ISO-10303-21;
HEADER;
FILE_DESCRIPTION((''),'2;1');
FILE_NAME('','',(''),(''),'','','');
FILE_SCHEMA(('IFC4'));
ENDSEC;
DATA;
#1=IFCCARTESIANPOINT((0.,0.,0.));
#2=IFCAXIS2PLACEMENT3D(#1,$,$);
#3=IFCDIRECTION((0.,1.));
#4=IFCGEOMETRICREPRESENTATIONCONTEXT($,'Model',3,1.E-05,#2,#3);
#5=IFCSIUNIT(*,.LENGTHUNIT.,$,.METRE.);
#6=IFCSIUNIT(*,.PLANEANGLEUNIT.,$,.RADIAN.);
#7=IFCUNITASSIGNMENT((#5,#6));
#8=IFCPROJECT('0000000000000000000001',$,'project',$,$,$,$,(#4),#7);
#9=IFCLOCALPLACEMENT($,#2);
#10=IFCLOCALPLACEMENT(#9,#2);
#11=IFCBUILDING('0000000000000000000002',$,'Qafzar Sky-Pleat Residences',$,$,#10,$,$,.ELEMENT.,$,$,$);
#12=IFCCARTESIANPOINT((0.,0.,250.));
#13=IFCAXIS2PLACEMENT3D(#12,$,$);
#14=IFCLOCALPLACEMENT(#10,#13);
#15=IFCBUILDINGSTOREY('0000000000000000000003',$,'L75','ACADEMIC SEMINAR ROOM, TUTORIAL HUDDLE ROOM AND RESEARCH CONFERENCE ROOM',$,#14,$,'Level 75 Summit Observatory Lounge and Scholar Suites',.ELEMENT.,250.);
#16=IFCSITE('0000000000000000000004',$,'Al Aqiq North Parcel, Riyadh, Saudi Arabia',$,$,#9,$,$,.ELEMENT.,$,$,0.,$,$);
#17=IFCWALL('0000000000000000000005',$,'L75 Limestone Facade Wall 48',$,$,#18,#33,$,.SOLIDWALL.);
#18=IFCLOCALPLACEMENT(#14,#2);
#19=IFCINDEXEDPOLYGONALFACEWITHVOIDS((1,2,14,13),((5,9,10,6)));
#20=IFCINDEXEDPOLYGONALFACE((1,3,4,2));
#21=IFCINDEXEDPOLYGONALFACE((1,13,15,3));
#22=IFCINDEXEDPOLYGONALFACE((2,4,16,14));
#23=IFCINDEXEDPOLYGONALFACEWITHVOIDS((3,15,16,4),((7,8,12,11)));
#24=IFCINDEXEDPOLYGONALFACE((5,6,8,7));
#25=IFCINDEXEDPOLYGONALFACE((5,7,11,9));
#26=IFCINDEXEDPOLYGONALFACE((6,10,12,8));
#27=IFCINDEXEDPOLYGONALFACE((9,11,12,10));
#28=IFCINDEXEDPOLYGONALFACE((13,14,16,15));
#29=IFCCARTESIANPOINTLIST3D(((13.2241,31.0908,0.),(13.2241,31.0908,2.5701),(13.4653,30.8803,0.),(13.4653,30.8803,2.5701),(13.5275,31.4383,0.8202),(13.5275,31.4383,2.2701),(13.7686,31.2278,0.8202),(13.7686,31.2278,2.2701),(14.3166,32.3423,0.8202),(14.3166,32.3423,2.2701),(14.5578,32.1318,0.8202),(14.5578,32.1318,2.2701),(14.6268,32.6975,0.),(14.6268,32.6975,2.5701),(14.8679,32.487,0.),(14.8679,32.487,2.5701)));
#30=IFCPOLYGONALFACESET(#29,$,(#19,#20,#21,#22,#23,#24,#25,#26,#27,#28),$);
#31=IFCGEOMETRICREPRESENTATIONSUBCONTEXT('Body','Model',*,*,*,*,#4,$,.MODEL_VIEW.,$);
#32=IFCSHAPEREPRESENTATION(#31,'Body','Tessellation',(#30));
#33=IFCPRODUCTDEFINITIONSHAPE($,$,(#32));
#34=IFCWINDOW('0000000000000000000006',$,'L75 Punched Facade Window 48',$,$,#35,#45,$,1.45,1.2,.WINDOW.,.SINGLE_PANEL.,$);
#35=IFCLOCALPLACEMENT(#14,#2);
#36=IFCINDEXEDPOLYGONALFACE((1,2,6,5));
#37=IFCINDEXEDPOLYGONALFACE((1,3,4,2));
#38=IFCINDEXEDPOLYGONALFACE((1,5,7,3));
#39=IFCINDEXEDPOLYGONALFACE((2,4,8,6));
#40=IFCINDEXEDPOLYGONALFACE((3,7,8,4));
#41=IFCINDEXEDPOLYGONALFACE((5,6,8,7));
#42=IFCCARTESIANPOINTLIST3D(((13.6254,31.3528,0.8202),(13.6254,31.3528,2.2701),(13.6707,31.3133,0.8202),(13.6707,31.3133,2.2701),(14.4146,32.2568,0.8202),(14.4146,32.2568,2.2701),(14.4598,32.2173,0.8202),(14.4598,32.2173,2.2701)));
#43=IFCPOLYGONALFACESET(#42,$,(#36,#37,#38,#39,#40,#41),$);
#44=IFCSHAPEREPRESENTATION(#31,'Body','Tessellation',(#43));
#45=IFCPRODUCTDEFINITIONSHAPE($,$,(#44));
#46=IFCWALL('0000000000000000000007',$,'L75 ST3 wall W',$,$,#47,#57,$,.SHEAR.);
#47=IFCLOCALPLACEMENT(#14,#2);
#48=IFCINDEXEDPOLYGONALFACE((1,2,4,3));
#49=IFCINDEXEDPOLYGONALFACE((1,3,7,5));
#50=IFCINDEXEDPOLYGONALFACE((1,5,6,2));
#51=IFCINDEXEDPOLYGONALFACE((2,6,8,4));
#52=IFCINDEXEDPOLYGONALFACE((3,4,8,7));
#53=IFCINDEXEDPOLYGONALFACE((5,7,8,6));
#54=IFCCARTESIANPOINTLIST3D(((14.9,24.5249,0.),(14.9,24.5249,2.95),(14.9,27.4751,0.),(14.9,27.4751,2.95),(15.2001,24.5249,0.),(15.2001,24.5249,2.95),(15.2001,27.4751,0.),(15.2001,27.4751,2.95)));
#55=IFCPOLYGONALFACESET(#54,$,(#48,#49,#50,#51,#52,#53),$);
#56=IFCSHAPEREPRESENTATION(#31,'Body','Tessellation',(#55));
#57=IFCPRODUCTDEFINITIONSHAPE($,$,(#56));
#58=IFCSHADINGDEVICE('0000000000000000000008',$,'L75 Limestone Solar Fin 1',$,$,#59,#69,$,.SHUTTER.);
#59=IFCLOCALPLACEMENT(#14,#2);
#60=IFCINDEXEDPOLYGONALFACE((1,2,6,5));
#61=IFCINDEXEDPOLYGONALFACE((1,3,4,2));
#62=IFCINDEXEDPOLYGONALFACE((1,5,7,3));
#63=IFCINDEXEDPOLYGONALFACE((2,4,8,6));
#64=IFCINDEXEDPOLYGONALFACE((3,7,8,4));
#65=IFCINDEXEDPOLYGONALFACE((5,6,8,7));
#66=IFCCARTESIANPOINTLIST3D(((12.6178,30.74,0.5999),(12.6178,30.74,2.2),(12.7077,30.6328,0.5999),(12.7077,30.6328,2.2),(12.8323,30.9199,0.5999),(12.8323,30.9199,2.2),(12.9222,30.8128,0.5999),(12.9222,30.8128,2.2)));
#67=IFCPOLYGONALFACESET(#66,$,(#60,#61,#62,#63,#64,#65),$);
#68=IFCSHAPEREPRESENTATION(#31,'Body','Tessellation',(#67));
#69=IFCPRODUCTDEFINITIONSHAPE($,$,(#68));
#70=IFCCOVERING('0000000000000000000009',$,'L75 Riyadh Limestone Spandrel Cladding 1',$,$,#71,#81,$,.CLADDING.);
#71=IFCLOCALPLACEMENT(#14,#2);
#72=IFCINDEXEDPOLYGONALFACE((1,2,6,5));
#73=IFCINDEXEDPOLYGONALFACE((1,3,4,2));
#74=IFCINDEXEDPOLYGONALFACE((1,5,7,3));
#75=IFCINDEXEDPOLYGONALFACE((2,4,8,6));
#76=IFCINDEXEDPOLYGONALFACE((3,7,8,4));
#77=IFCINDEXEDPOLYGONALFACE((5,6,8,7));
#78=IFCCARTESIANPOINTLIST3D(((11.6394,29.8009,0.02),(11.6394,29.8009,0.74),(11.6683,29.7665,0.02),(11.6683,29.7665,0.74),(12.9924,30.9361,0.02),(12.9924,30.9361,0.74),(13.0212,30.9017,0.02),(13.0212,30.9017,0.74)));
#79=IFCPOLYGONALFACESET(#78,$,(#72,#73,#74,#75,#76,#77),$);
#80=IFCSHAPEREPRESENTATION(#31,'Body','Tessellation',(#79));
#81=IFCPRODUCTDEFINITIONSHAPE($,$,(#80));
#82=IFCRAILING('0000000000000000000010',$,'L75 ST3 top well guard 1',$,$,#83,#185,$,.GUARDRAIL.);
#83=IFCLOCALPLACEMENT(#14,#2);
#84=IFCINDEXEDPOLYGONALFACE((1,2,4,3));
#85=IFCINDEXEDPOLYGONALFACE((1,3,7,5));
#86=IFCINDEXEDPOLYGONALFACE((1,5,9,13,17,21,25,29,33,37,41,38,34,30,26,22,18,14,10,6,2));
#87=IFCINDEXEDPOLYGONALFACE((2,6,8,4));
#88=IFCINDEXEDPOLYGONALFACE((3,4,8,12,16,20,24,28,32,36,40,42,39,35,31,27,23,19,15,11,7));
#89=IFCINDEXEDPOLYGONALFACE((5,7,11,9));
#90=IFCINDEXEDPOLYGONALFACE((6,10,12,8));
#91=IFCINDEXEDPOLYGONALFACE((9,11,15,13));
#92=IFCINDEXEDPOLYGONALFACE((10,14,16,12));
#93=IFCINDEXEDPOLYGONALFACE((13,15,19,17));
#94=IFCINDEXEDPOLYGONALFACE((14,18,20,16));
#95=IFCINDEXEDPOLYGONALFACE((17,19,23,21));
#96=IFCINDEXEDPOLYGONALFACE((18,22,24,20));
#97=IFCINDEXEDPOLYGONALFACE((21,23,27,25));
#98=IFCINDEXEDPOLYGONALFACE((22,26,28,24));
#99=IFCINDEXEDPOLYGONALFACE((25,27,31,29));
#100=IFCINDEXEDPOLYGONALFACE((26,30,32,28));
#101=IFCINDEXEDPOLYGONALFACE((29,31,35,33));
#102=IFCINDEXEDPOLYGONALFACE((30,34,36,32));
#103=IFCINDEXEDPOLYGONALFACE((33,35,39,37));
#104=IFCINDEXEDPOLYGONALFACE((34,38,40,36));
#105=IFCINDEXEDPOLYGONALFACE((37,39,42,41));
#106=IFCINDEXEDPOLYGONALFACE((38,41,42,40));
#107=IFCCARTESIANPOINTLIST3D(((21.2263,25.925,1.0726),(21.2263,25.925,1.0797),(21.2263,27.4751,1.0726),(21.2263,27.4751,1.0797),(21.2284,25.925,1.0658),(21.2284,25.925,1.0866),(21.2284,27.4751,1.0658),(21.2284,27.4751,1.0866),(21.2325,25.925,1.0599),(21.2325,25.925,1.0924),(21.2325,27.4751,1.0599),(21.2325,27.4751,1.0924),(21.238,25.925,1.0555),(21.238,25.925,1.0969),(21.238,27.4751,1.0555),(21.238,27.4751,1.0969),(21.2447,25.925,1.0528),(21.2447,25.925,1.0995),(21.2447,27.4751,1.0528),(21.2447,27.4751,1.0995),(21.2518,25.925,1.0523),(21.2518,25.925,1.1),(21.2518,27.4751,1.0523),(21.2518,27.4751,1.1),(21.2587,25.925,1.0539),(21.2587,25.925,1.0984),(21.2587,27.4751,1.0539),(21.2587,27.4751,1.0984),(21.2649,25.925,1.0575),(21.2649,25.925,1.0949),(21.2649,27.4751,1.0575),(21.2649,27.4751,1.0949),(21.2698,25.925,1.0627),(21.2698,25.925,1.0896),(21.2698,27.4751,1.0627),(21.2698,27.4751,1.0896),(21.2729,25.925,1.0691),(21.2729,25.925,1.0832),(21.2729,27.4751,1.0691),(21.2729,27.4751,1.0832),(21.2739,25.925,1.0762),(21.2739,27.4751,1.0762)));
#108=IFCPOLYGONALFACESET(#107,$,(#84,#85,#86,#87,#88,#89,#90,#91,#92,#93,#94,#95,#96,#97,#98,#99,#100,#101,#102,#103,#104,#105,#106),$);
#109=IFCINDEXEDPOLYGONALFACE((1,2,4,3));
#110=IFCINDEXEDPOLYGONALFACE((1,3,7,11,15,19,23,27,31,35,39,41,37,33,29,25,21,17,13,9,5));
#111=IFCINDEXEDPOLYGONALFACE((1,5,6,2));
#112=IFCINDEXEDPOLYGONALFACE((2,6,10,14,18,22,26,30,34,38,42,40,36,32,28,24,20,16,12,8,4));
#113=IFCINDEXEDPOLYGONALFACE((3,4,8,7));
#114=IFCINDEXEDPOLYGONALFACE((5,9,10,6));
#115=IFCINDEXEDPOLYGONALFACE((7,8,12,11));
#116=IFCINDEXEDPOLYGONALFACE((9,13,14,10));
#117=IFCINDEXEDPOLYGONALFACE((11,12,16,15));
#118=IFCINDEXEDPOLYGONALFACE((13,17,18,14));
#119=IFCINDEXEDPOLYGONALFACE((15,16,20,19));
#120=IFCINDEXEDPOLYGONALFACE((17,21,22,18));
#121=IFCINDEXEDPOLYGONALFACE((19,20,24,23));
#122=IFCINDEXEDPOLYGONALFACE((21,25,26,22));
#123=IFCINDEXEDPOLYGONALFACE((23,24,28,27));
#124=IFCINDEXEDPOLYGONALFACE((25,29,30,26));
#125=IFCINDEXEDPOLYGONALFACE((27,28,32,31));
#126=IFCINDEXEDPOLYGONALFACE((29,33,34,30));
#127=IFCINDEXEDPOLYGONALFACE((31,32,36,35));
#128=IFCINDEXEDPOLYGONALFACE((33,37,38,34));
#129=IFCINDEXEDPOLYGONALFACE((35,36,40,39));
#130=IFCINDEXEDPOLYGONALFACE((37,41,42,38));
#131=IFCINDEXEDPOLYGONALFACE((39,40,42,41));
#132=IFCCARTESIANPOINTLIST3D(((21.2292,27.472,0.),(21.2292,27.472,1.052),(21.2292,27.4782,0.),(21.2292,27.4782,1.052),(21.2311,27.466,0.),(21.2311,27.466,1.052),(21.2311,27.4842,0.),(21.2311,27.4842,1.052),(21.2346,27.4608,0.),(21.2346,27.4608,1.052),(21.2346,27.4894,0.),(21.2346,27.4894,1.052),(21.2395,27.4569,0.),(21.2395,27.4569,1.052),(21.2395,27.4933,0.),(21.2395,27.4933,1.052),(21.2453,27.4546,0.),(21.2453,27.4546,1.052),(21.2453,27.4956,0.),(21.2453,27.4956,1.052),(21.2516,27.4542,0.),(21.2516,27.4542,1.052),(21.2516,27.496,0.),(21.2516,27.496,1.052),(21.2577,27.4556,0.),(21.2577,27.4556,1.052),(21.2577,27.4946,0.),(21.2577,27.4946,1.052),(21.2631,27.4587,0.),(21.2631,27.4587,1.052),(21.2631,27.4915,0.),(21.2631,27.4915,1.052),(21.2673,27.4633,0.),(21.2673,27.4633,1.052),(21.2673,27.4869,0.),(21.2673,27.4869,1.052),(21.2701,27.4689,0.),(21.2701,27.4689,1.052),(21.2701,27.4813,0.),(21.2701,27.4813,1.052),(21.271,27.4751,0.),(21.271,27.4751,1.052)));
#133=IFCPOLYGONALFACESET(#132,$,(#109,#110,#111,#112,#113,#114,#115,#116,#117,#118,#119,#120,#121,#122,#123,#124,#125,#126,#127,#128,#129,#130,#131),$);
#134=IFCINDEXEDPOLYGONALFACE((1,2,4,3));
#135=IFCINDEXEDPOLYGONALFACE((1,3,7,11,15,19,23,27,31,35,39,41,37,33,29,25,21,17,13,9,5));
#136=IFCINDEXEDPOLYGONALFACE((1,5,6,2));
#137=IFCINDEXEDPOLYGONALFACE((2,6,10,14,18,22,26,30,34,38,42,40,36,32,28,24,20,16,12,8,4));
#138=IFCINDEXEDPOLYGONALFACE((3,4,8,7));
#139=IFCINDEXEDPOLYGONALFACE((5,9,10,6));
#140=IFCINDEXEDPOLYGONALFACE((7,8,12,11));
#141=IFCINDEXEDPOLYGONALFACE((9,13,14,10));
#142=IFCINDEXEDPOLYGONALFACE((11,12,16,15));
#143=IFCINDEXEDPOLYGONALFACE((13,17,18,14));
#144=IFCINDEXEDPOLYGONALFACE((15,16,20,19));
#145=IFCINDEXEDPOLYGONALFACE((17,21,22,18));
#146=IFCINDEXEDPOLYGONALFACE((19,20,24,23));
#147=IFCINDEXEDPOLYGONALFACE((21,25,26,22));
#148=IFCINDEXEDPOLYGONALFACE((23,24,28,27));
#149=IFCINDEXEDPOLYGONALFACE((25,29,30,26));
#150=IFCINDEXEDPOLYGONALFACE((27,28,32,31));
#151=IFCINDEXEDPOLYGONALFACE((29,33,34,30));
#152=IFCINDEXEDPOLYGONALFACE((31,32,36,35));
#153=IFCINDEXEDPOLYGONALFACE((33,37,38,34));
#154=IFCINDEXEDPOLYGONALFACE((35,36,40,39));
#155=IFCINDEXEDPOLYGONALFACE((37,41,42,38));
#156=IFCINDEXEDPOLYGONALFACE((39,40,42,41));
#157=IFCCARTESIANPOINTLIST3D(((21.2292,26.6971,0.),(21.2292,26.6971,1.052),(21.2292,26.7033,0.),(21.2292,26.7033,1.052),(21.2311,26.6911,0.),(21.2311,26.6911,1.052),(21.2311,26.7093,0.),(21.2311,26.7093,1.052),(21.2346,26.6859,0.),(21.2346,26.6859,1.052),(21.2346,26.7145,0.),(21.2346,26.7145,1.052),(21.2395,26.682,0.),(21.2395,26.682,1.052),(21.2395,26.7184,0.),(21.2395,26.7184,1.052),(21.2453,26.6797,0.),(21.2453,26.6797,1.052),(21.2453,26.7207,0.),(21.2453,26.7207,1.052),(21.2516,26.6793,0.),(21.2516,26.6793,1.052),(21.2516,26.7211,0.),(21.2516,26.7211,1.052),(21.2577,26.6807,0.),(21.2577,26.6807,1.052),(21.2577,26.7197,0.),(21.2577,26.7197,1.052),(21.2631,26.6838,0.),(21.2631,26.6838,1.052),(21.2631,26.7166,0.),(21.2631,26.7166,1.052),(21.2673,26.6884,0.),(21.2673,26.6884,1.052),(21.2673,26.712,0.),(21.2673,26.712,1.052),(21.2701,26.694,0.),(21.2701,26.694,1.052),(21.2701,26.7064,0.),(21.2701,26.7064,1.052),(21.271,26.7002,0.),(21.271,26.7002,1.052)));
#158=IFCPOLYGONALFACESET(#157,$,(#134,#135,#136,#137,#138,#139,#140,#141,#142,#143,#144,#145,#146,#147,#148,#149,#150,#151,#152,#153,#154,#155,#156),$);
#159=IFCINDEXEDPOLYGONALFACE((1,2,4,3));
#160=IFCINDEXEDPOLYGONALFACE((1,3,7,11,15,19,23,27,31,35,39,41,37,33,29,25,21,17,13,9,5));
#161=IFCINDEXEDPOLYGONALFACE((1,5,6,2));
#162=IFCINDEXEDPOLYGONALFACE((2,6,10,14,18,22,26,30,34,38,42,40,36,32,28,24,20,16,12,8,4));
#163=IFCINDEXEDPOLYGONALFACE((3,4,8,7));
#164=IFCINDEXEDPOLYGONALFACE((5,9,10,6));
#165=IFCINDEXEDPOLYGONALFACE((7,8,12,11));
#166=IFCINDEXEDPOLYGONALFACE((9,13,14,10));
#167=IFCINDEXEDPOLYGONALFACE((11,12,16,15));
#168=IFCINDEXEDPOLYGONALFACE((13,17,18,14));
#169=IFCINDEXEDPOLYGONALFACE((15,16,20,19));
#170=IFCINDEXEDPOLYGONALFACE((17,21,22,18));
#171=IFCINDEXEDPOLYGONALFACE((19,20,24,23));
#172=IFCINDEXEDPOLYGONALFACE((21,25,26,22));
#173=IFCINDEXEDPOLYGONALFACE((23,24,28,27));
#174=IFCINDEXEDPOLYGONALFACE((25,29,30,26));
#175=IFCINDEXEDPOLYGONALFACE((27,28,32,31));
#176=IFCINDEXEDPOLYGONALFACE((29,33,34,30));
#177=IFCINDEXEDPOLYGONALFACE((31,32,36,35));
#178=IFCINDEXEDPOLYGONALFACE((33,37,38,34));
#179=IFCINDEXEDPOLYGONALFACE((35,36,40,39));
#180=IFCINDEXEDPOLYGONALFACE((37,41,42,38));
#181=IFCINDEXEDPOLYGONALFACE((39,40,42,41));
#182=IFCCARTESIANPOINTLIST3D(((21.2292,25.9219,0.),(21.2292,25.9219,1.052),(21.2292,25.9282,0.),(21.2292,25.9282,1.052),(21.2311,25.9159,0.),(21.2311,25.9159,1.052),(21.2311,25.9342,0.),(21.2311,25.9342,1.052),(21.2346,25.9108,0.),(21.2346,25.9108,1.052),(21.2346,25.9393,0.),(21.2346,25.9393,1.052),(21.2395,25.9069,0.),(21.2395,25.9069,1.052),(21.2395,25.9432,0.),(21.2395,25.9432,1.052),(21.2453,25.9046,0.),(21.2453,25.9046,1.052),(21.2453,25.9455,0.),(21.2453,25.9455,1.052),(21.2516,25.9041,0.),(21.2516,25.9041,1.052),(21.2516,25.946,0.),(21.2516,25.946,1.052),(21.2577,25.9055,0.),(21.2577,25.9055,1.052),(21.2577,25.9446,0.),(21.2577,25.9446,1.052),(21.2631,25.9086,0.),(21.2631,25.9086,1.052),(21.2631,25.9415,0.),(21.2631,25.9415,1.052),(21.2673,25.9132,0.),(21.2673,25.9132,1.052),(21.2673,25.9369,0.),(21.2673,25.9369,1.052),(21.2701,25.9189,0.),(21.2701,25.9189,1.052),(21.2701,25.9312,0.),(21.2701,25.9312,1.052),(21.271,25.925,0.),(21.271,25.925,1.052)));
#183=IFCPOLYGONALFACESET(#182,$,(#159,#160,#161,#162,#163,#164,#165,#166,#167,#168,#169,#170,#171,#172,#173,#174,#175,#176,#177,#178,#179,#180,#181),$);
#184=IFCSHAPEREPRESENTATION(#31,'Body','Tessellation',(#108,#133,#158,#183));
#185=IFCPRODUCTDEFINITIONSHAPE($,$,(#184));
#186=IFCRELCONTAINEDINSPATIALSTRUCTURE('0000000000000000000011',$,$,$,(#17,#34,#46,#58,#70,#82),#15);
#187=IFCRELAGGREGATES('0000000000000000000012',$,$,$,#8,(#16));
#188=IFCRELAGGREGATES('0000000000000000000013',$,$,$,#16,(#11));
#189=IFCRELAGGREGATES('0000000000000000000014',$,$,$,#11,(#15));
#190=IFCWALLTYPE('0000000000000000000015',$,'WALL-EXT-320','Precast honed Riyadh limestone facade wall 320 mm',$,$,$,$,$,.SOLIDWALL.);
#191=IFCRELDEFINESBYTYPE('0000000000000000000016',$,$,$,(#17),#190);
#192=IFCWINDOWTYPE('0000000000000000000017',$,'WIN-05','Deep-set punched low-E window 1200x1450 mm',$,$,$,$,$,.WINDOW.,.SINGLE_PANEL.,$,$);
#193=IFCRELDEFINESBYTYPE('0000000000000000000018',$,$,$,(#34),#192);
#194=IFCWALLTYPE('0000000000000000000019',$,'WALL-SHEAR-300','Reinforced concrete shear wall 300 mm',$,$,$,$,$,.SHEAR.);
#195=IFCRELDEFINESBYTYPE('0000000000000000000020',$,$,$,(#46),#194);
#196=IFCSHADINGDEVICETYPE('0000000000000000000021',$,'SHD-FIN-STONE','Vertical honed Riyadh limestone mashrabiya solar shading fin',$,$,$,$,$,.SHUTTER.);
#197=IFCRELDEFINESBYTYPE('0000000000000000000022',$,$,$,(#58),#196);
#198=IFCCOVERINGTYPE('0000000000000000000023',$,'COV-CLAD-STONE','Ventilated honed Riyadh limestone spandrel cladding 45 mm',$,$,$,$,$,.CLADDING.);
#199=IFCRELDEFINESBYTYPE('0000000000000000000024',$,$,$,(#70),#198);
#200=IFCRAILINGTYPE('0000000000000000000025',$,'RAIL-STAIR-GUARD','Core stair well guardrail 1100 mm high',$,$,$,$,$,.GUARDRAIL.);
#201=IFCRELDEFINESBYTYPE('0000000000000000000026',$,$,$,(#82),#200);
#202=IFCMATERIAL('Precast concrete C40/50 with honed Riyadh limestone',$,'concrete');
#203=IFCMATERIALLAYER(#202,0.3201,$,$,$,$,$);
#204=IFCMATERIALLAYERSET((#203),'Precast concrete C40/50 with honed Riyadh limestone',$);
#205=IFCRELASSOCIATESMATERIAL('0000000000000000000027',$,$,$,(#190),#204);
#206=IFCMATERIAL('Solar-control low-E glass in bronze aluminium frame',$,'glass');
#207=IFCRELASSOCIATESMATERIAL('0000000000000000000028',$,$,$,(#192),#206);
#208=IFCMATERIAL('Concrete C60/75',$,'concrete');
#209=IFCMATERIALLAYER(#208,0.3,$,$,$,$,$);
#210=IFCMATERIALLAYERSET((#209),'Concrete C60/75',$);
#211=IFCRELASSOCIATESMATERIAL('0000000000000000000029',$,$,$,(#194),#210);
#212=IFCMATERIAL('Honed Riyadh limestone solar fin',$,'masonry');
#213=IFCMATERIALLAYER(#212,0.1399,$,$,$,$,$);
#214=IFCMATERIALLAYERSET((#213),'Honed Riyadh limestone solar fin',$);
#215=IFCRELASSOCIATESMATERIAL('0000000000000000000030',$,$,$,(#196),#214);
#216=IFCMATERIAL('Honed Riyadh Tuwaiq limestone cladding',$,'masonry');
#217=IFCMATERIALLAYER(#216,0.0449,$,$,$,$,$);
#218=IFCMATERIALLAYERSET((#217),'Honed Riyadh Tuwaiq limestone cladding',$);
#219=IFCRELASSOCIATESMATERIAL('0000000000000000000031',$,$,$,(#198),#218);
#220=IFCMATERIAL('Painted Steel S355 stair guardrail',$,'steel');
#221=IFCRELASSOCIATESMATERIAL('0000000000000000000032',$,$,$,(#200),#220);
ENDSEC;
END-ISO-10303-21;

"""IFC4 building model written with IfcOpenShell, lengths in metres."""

from ifc_helpers import new_model, si_unit, direction, frame, frame_2d, origin, origin_2d, place, context, subcontext, project, spatial, rectangle, circle, extrude, source, transform, mapped, material, layer, layer_set, type_object, element, fill, save


model = new_model("IFC4")

# Units and contexts
model_context = context("Model", 3, precision=1e-05, world=origin(), true_north=direction((0.0, 1.0)))
body_context = subcontext(model_context, "Body", "Model", "MODEL_VIEW")
ifc_project = project(units=[si_unit("LENGTHUNIT", "METRE"), si_unit("PLANEANGLEUNIT", "RADIAN")], contexts=[model_context])

# Site, building, storey
site_placement = place(None, origin())
site = spatial("IfcSite", under=ifc_project, at=site_placement, Name="Al Aqiq North Parcel, Riyadh, Saudi Arabia", CompositionType="ELEMENT", RefElevation=0.0)
building_placement = place(site_placement, origin())
building = spatial("IfcBuilding", under=site, at=building_placement, Name="Qafzar Sky-Pleat Residences", CompositionType="ELEMENT")
storey_placement = place(building_placement, frame((0.0, 0.0, 250.0)))
storey = spatial("IfcBuildingStorey", under=building, at=storey_placement, Name="L75", Description="ACADEMIC SEMINAR ROOM, TUTORIAL HUDDLE ROOM AND RESEARCH CONFERENCE ROOM", LongName="Level 75 Summit Observatory Lounge and Scholar Suites", CompositionType="ELEMENT", Elevation=250.0)

# Wall, opening, window
ifc_material_1 = material(Name="Precast concrete C40/50 with honed Riyadh limestone", Category="concrete")
ifc_layer_1 = layer(ifc_material_1, 0.3201)
ifc_layer_set_1 = layer_set([ifc_layer_1], Name="Precast concrete C40/50 with honed Riyadh limestone")
wall_type_1 = type_object("IfcWallType", Name="WALL-EXT-320", Description="Precast honed Riyadh limestone facade wall 320 mm", PredefinedType="SOLIDWALL", material=ifc_layer_set_1)
ifc_material_2 = material(Name="Solar-control low-E glass in bronze aluminium frame", Category="glass")
wall_1_placement = place(storey_placement, frame((14.7473, 32.5923, 0.0), z_axis=(0.0, 0.0, 1.0), x_axis=(-0.657637, -0.753335, 0.0)))
wall_1 = element("IfcWall", 1, at=wall_1_placement, inside=storey, type_object=wall_type_1, Name="L75 Limestone Facade Wall 48", PredefinedType="SOLIDWALL", context=body_context, shape_type="SweptSolid", body=[
    extrude(rectangle(XDim=2.1328, YDim=0.3201, at=frame_2d((1.0664, 0.0))), origin(), (0.0, 0.0, 1.0), 2.5701),
])
opening_1_placement = place(wall_1_placement, frame((0.4714, 0.0, 0.8201)))
opening_1 = element("IfcOpeningElement", 2, at=opening_1_placement, cuts=wall_1, PredefinedType="OPENING", context=body_context, shape_type="SweptSolid", body=[
    extrude(rectangle(XDim=1.2, YDim=1.45, at=frame_2d((0.6001, 0.7251))), frame((0.0, 0.1699, 0.0), z_axis=(0.0, -1.0, 0.0), x_axis=(1.0, 0.0, 0.0)), (0.0, 0.0, 1.0), 0.3401),
])
window_type_1 = type_object("IfcWindowType", Name="WIN-05", Description="Deep-set punched low-E window 1200x1450 mm", PartitioningType="SINGLE_PANEL", PredefinedType="WINDOW", material=ifc_material_2)
shared_shape_1 = source(origin(), body_context, "Body", "SweptSolid", [
    extrude(rectangle(XDim=1.2, YDim=1.45, at=frame_2d((0.6001, 0.7251))), frame((0.0, 0.03, 0.0), z_axis=(0.0, -1.0, 0.0), x_axis=(1.0, 0.0, 0.0)), (0.0, 0.0, 1.0), 0.0601),
])
window_1_placement = place(opening_1_placement, origin())
window_1 = element("IfcWindow", 3, at=window_1_placement, inside=storey, type_object=window_type_1, Name="L75 Punched Facade Window 48", OverallHeight=1.45, OverallWidth=1.2, PartitioningType="SINGLE_PANEL", PredefinedType="WINDOW", context=body_context, shape_type="MappedRepresentation", body=[
    mapped(shared_shape_1, transform((0.0, 0.0, 0.0), x_axis=(1.0, 0.0, 0.0), y_axis=(0.0, 1.0, 0.0), z_axis=(0.0, 0.0, 1.0), scale=1.0)),
])
fill(opening_1, window_1)

# Wall
ifc_material_3 = material(Name="Concrete C60/75", Category="concrete")
ifc_layer_2 = layer(ifc_material_3, 0.3)
ifc_layer_set_2 = layer_set([ifc_layer_2], Name="Concrete C60/75")
wall_type_2 = type_object("IfcWallType", Name="WALL-SHEAR-300", Description="Reinforced concrete shear wall 300 mm", PredefinedType="SHEAR", material=ifc_layer_set_2)
wall_2_placement = place(storey_placement, frame((15.05, 27.4751, 0.0), z_axis=(0.0, 0.0, 1.0), x_axis=(0.0, -1.0, 0.0)))
element("IfcWall", 4, at=wall_2_placement, inside=storey, type_object=wall_type_2, Name="L75 ST3 wall W", PredefinedType="SHEAR", context=body_context, shape_type="SweptSolid", body=[
    extrude(rectangle(XDim=2.9502, YDim=0.3, at=frame_2d((1.4751, 0.0))), origin(), (0.0, 0.0, 1.0), 2.95),
])

# Shading device
ifc_material_4 = material(Name="Honed Riyadh limestone solar fin", Category="masonry")
ifc_layer_3 = layer(ifc_material_4, 0.1399)
ifc_layer_set_3 = layer_set([ifc_layer_3], Name="Honed Riyadh limestone solar fin")
shading_device_type = type_object("IfcShadingDeviceType", Name="SHD-FIN-STONE", Description="Vertical honed Riyadh limestone mashrabiya solar shading fin", PredefinedType="SHUTTER", material=ifc_layer_set_3)
shared_shape_2 = source(origin(), body_context, "Body", "SweptSolid", [
    extrude(rectangle(XDim=0.1399, YDim=0.28, at=origin_2d()), origin(), (0.0, 0.0, 1.0), 1.6001),
])
shading_device_placement = place(storey_placement, frame((12.77, 30.7764, 0.5999), z_axis=(0.0, 0.0, 1.0), x_axis=(-0.642754, 0.766072, 0.0)))
element("IfcShadingDevice", 5, at=shading_device_placement, inside=storey, type_object=shading_device_type, Name="L75 Limestone Solar Fin 1", PredefinedType="SHUTTER", context=body_context, shape_type="MappedRepresentation", body=[
    mapped(shared_shape_2, transform((0.0, 0.0, 0.0), x_axis=(1.0, 0.0, 0.0), y_axis=(0.0, 1.0, 0.0), z_axis=(0.0, 0.0, 1.0), scale=1.0)),
])

# Covering
ifc_material_5 = material(Name="Honed Riyadh Tuwaiq limestone cladding", Category="masonry")
ifc_layer_4 = layer(ifc_material_5, 0.0449)
ifc_layer_set_4 = layer_set([ifc_layer_4], Name="Honed Riyadh Tuwaiq limestone cladding")
covering_type = type_object("IfcCoveringType", Name="COV-CLAD-STONE", Description="Ventilated honed Riyadh limestone spandrel cladding 45 mm", PredefinedType="CLADDING", material=ifc_layer_set_4)
shared_shape_3 = source(origin(), body_context, "Body", "SweptSolid", [
    extrude(rectangle(XDim=1.7661, YDim=0.0449, at=origin_2d()), origin(), (0.0, 0.0, 1.0), 0.72),
])
covering_placement = place(storey_placement, frame((12.3303, 30.3513, 0.02), z_axis=(0.0, 0.0, 1.0), x_axis=(-0.766074, -0.642752, 0.0)))
element("IfcCovering", 6, at=covering_placement, inside=storey, type_object=covering_type, Name="L75 Riyadh Limestone Spandrel Cladding 1", PredefinedType="CLADDING", context=body_context, shape_type="MappedRepresentation", body=[
    mapped(shared_shape_3, transform((0.0, 0.0, 0.0), x_axis=(1.0, 0.0, 0.0), y_axis=(0.0, 1.0, 0.0), z_axis=(0.0, 0.0, 1.0), scale=1.0)),
])

# Railing
ifc_material_6 = material(Name="Painted Steel S355 stair guardrail", Category="steel")
railing_type = type_object("IfcRailingType", Name="RAIL-STAIR-GUARD", Description="Core stair well guardrail 1100 mm high", PredefinedType="GUARDRAIL", material=ifc_material_6)
shared_shape_4 = source(origin(), body_context, "Body", "SweptSolid", [
    extrude(circle(Radius=0.0239, at=origin_2d()), frame((0.0, 0.0, 1.0762), z_axis=(0.0, -1.0, 0.0), x_axis=(1.0, 0.0, 0.0)), (0.0, 0.0, 1.0), 1.55),
    extrude(circle(Radius=0.021, at=origin_2d()), origin(), (0.0, 0.0, 1.0), 1.052),
    extrude(circle(Radius=0.021, at=origin_2d()), frame((0.0, -0.7749, 0.0)), (0.0, 0.0, 1.0), 1.052),
    extrude(circle(Radius=0.021, at=origin_2d()), frame((0.0, -1.55, 0.0)), (0.0, 0.0, 1.0), 1.052),
])
railing_placement = place(storey_placement, frame((21.25, 27.4751, 0.0)))
element("IfcRailing", 7, at=railing_placement, inside=storey, type_object=railing_type, Name="L75 ST3 top well guard 1", PredefinedType="GUARDRAIL", context=body_context, shape_type="MappedRepresentation", body=[
    mapped(shared_shape_4, transform((0.0, 0.0, 0.0), x_axis=(1.0, 0.0, 0.0), y_axis=(0.0, 1.0, 0.0), z_axis=(0.0, 0.0, 1.0), scale=1.0)),
])

save(model, "model.ifc")
